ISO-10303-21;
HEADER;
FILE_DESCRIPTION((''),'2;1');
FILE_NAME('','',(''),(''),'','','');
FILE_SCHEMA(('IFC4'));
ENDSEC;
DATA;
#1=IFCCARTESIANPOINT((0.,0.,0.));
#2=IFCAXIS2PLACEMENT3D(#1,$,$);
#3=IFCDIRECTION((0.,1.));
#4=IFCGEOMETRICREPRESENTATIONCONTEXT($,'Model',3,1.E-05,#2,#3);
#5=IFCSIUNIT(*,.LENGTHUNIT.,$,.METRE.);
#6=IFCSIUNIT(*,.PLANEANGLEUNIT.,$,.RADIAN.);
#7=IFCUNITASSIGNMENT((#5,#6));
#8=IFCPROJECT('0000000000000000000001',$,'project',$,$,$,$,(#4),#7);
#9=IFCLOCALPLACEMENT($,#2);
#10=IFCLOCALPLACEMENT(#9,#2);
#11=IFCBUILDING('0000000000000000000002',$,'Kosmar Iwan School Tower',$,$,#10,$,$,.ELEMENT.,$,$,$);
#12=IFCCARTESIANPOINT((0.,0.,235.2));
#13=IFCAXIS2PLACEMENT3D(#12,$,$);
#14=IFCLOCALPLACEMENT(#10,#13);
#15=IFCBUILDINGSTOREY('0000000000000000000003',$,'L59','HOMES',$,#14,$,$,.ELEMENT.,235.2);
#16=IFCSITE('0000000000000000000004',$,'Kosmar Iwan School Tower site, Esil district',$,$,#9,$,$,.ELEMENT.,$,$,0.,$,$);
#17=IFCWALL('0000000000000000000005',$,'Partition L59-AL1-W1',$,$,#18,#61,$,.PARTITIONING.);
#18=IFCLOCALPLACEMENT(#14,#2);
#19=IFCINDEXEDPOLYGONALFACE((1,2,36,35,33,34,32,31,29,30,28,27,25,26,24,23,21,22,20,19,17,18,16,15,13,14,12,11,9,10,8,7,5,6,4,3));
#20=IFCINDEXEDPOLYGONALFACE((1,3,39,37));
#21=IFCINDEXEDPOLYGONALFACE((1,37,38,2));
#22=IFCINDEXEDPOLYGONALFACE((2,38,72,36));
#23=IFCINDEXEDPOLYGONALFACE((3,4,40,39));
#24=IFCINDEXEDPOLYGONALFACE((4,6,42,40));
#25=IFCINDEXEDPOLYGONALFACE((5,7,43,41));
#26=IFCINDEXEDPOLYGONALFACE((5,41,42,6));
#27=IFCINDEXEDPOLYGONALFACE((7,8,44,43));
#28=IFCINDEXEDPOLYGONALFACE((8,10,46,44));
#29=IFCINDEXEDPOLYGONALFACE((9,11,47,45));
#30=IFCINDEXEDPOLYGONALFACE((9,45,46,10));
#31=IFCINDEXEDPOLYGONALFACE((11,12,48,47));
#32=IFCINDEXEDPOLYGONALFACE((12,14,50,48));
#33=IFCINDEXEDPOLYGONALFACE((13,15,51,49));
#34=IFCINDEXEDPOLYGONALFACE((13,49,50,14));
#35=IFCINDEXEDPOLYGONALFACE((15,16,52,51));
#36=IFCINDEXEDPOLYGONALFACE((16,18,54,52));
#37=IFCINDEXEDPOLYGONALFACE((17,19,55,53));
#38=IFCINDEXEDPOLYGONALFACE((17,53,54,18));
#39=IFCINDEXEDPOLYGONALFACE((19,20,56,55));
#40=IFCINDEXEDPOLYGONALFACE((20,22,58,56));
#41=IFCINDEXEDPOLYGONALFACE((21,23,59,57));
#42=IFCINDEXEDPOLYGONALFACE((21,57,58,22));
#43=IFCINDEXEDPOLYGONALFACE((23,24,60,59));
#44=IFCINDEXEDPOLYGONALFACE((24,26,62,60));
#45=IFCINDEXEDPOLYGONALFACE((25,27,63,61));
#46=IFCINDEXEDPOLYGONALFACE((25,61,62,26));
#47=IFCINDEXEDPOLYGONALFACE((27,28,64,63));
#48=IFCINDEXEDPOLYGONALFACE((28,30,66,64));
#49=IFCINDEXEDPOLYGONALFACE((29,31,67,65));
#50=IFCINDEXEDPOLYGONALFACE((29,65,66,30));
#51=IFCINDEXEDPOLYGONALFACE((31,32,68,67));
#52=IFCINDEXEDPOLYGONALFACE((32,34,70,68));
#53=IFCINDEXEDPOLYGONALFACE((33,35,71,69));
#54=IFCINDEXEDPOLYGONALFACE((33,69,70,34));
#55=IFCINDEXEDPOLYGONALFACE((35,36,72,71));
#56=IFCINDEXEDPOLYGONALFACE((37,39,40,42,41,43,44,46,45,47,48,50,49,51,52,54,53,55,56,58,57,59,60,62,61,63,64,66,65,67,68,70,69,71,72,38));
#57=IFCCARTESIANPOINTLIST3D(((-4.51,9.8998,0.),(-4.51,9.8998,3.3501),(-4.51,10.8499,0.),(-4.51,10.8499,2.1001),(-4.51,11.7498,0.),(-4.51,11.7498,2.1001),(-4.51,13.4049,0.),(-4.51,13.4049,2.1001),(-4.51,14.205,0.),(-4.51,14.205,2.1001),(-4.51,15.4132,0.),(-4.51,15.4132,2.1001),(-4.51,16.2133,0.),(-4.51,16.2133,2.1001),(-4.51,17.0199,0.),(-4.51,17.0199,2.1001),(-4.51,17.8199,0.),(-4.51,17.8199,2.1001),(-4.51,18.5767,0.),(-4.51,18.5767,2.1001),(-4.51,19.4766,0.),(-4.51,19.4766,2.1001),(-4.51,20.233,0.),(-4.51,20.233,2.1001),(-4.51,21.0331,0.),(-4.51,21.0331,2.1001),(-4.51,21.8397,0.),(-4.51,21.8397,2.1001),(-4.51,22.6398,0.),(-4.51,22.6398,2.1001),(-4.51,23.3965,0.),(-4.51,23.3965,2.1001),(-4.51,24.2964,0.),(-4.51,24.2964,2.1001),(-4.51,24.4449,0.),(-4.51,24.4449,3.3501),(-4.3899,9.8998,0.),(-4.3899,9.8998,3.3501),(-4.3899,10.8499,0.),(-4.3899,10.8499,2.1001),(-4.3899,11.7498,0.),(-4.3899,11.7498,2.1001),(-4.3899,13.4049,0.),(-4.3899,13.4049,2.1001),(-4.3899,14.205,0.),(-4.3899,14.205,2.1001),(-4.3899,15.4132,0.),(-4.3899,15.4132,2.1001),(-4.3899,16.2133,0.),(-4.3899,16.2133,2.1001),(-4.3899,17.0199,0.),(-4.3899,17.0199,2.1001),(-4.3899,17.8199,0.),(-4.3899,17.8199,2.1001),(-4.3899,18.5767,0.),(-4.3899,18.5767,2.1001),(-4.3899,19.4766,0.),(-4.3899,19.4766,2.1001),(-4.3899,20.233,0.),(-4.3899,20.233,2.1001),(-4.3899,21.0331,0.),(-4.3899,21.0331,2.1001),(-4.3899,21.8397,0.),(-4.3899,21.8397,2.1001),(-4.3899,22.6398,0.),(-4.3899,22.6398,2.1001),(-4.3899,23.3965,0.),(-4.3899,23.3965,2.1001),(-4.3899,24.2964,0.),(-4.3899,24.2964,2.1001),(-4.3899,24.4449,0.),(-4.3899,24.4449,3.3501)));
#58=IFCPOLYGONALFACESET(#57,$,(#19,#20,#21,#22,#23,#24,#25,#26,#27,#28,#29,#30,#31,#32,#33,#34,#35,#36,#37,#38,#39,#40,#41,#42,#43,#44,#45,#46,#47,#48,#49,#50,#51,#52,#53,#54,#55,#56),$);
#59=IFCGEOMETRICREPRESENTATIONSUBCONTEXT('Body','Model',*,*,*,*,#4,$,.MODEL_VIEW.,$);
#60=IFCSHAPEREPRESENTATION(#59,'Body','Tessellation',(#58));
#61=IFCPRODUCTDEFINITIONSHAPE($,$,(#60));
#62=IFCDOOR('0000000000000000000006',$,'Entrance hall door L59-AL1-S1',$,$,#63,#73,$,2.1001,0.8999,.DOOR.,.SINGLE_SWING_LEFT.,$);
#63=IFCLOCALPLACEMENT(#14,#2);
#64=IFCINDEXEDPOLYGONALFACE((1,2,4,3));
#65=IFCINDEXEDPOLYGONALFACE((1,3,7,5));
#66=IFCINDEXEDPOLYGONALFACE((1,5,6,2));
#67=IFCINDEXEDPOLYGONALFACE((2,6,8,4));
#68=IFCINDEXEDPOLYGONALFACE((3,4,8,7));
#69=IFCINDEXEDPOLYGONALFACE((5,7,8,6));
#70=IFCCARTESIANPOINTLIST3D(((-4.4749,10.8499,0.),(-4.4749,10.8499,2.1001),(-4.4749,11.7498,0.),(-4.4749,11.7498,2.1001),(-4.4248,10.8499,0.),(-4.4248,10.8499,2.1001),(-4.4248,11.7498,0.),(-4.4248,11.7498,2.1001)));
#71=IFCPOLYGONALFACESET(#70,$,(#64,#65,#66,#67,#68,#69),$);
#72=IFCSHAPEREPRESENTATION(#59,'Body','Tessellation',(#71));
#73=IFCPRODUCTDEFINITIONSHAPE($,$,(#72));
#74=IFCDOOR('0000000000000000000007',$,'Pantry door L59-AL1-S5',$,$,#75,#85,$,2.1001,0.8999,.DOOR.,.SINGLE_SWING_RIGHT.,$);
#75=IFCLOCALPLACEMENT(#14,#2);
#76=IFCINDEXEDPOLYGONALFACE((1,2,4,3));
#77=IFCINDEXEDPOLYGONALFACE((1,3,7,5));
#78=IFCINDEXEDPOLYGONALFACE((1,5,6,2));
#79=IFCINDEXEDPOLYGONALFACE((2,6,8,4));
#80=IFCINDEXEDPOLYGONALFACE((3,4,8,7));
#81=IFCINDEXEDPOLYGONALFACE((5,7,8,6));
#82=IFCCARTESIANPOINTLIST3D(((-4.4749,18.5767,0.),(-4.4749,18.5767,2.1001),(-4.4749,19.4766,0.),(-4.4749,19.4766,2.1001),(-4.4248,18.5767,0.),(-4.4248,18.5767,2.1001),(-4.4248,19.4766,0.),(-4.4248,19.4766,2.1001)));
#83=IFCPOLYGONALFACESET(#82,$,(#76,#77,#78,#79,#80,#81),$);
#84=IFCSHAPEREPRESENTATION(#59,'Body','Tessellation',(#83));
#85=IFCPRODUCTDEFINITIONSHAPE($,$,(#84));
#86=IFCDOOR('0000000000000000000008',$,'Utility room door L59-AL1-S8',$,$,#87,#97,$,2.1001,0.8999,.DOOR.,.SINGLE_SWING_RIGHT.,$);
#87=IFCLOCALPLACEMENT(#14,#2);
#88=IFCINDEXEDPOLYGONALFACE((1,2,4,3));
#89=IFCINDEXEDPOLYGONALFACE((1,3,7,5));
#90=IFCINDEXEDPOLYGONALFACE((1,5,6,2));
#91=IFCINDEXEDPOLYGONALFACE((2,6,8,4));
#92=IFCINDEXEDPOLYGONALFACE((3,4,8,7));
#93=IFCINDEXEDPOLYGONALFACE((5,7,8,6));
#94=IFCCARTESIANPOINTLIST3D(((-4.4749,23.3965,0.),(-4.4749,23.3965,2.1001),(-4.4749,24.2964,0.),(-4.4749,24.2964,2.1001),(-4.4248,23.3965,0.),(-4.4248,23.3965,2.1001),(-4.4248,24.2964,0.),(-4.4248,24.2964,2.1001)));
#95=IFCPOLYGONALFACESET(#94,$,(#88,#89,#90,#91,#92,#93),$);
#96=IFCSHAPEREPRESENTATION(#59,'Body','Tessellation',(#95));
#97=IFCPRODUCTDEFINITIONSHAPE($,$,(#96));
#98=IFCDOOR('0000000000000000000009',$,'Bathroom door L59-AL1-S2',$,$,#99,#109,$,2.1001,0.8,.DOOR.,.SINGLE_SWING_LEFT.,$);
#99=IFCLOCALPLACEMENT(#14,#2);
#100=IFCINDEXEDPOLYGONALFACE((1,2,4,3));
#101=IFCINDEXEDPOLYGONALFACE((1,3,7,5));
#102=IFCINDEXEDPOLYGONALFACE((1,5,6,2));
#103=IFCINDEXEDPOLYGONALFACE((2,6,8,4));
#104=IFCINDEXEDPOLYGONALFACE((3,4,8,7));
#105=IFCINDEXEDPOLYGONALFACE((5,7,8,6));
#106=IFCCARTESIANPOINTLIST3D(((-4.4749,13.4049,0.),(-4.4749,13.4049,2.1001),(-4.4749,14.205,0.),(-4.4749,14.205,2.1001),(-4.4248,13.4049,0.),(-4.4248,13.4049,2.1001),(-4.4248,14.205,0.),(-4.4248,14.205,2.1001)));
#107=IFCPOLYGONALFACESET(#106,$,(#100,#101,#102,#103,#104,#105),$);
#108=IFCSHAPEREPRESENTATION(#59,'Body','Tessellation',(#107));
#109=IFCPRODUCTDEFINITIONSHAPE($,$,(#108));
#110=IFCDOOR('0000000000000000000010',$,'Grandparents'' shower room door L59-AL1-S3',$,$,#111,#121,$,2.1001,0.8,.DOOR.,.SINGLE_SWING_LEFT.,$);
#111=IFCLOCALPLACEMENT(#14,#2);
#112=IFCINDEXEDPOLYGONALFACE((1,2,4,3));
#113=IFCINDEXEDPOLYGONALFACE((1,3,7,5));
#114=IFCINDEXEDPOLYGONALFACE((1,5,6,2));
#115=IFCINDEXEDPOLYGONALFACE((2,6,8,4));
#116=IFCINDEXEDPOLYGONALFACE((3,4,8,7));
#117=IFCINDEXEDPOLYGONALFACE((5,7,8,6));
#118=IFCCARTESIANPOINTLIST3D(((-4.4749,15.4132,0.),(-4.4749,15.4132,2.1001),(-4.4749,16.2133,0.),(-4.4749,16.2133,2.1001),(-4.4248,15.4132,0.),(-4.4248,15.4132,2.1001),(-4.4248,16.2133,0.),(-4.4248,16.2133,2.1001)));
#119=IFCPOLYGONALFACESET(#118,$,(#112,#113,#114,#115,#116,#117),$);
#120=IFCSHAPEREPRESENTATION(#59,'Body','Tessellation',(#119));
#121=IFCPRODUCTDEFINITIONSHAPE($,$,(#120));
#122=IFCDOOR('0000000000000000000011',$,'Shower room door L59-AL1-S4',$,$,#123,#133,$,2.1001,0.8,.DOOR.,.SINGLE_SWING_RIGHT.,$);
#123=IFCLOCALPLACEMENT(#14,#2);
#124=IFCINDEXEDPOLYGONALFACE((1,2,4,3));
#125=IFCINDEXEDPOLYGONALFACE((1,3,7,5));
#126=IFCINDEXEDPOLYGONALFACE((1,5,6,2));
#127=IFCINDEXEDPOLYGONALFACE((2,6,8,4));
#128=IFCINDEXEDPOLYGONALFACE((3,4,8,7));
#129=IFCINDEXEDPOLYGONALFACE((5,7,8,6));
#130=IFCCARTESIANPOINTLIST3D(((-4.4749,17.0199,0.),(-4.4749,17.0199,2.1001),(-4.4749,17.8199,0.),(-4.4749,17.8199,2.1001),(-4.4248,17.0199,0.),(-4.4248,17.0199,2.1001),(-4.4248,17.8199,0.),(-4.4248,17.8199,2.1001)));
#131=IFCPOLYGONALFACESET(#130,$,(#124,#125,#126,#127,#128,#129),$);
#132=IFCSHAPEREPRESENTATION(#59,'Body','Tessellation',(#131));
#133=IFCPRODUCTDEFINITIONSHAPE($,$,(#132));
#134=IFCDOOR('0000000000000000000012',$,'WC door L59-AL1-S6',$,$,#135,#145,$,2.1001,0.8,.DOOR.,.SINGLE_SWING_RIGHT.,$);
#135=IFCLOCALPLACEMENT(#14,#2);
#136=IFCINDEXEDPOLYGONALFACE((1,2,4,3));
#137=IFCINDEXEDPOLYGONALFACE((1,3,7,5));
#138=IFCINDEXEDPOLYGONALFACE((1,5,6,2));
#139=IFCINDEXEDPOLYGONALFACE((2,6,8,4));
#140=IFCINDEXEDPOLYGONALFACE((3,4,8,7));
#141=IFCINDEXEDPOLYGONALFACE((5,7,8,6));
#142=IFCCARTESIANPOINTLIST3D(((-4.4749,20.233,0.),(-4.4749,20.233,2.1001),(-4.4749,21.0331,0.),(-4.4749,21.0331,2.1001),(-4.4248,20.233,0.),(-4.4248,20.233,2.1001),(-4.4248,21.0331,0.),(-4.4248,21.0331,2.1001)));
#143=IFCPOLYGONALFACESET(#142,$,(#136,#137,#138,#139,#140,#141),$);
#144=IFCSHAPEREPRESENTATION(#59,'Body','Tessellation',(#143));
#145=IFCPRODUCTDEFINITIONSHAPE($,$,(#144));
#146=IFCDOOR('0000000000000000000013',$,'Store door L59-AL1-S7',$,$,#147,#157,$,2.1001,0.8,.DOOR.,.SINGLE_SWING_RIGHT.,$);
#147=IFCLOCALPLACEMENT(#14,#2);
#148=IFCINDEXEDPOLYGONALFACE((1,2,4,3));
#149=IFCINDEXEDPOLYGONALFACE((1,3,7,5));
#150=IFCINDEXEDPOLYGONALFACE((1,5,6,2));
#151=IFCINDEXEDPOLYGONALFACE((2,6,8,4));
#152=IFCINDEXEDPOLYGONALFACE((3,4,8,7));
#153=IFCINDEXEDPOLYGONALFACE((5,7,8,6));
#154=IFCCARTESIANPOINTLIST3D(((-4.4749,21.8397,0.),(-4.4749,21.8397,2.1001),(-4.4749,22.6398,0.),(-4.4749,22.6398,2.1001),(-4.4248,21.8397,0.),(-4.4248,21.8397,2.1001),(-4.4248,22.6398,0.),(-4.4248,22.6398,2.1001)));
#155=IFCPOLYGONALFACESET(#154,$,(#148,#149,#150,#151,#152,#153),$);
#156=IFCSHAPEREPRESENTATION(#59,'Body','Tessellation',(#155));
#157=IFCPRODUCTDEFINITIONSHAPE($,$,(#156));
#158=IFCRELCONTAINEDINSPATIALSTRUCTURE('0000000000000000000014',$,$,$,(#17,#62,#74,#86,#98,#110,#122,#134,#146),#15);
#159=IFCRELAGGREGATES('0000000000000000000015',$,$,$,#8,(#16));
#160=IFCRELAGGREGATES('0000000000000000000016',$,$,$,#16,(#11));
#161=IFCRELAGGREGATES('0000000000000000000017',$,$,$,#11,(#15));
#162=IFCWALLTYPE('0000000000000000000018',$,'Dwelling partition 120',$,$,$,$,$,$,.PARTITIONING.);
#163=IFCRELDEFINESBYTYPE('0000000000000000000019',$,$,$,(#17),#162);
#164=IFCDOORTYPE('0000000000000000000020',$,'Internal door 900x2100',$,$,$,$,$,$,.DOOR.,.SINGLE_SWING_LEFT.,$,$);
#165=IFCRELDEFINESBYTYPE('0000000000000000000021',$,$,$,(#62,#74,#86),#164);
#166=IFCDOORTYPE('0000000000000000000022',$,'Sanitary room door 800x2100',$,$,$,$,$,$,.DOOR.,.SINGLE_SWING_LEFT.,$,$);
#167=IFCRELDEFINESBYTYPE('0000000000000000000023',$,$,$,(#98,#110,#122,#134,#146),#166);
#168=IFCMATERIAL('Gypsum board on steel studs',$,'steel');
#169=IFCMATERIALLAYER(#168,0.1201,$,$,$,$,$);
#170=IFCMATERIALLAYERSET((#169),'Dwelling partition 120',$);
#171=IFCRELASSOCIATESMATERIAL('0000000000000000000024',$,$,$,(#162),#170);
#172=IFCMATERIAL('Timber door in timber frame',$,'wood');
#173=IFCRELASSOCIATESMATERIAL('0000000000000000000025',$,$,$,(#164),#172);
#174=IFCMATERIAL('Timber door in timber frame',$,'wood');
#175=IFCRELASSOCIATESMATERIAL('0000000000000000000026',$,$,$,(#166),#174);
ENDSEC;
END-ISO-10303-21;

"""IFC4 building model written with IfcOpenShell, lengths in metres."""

from ifc_helpers import new_model, si_unit, direction, frame, frame_2d, origin, place, context, subcontext, project, spatial, rectangle, extrude, material, layer, layer_set, type_object, element, fill, save


model = new_model("IFC4")

# Units and contexts
model_context = context("Model", 3, precision=1e-05, world=origin(), true_north=direction((0.0, 1.0)))
body_context = subcontext(model_context, "Body", "Model", "MODEL_VIEW")
ifc_project = project(units=[si_unit("LENGTHUNIT", "METRE"), si_unit("PLANEANGLEUNIT", "RADIAN")], contexts=[model_context])

# Site, building, storey
site_placement = place(None, origin())
site = spatial("IfcSite", under=ifc_project, at=site_placement, Name="Kosmar Iwan School Tower site, Esil district", CompositionType="ELEMENT", RefElevation=0.0)
building_placement = place(site_placement, origin())
building = spatial("IfcBuilding", under=site, at=building_placement, Name="Kosmar Iwan School Tower", CompositionType="ELEMENT")
storey_placement = place(building_placement, frame((0.0, 0.0, 235.2)))
storey = spatial("IfcBuildingStorey", under=building, at=storey_placement, Name="L59", Description="HOMES", CompositionType="ELEMENT", Elevation=235.2)

# Wall, openings, doors
ifc_material_1 = material(Name="Gypsum board on steel studs", Category="steel")
ifc_layer_1 = layer(ifc_material_1, 0.1201)
ifc_layer_set_1 = layer_set([ifc_layer_1], Name="Dwelling partition 120")
wall_type_1 = type_object("IfcWallType", Name="Dwelling partition 120", PredefinedType="PARTITIONING", material=ifc_layer_set_1)
wall_1_placement = place(storey_placement, frame((-4.45, 9.8999, 0.0), z_axis=(0.0, 0.0, 1.0), x_axis=(0.0, 1.0, 0.0)))
wall_1 = element("IfcWall", 1, at=wall_1_placement, inside=storey, type_object=wall_type_1, Name="Partition L59-AL1-W1", PredefinedType="PARTITIONING", context=body_context, shape_type="SweptSolid", body=[
    extrude(rectangle(XDim=14.5452, YDim=0.1201, at=frame_2d((7.2725, 0.0))), origin(), (0.0, 0.0, 1.0), 3.3501),
])
opening_1_placement = place(wall_1_placement, frame((0.95, 0.0, 0.0)))
opening_1 = element("IfcOpeningElement", 2, at=opening_1_placement, cuts=wall_1, PredefinedType="OPENING", context=body_context, shape_type="SweptSolid", body=[
    extrude(rectangle(XDim=0.8999, YDim=2.1001, at=frame_2d((0.45, 1.05))), frame((0.0, 0.072, 0.0), z_axis=(0.0, -1.0, 0.0), x_axis=(1.0, 0.0, 0.0)), (0.0, 0.0, 1.0), 0.144),
])
opening_2_placement = place(wall_1_placement, frame((3.5051, 0.0, 0.0)))
opening_2 = element("IfcOpeningElement", 3, at=opening_2_placement, cuts=wall_1, PredefinedType="OPENING", context=body_context, shape_type="SweptSolid", body=[
    extrude(rectangle(XDim=0.8, YDim=2.1001, at=frame_2d((0.3999, 1.05))), frame((0.0, 0.072, 0.0), z_axis=(0.0, -1.0, 0.0), x_axis=(1.0, 0.0, 0.0)), (0.0, 0.0, 1.0), 0.144),
])
opening_3_placement = place(wall_1_placement, frame((5.5134, 0.0, 0.0)))
opening_3 = element("IfcOpeningElement", 4, at=opening_3_placement, cuts=wall_1, PredefinedType="OPENING", context=body_context, shape_type="SweptSolid", body=[
    extrude(rectangle(XDim=0.8, YDim=2.1001, at=frame_2d((0.3999, 1.05))), frame((0.0, 0.072, 0.0), z_axis=(0.0, -1.0, 0.0), x_axis=(1.0, 0.0, 0.0)), (0.0, 0.0, 1.0), 0.144),
])
opening_4_placement = place(wall_1_placement, frame((7.1201, 0.0, 0.0)))
opening_4 = element("IfcOpeningElement", 5, at=opening_4_placement, cuts=wall_1, PredefinedType="OPENING", context=body_context, shape_type="SweptSolid", body=[
    extrude(rectangle(XDim=0.8, YDim=2.1001, at=frame_2d((0.3999, 1.05))), frame((0.0, 0.072, 0.0), z_axis=(0.0, -1.0, 0.0), x_axis=(1.0, 0.0, 0.0)), (0.0, 0.0, 1.0), 0.144),
])
opening_5_placement = place(wall_1_placement, frame((8.6768, 0.0, 0.0)))
opening_5 = element("IfcOpeningElement", 6, at=opening_5_placement, cuts=wall_1, PredefinedType="OPENING", context=body_context, shape_type="SweptSolid", body=[
    extrude(rectangle(XDim=0.8999, YDim=2.1001, at=frame_2d((0.45, 1.05))), frame((0.0, 0.072, 0.0), z_axis=(0.0, -1.0, 0.0), x_axis=(1.0, 0.0, 0.0)), (0.0, 0.0, 1.0), 0.144),
])
opening_6_placement = place(wall_1_placement, frame((10.3333, 0.0, 0.0)))
opening_6 = element("IfcOpeningElement", 7, at=opening_6_placement, cuts=wall_1, PredefinedType="OPENING", context=body_context, shape_type="SweptSolid", body=[
    extrude(rectangle(XDim=0.8, YDim=2.1001, at=frame_2d((0.3999, 1.05))), frame((0.0, 0.072, 0.0), z_axis=(0.0, -1.0, 0.0), x_axis=(1.0, 0.0, 0.0)), (0.0, 0.0, 1.0), 0.144),
])
opening_7_placement = place(wall_1_placement, frame((11.9399, 0.0, 0.0)))
opening_7 = element("IfcOpeningElement", 8, at=opening_7_placement, cuts=wall_1, PredefinedType="OPENING", context=body_context, shape_type="SweptSolid", body=[
    extrude(rectangle(XDim=0.8, YDim=2.1001, at=frame_2d((0.3999, 1.05))), frame((0.0, 0.072, 0.0), z_axis=(0.0, -1.0, 0.0), x_axis=(1.0, 0.0, 0.0)), (0.0, 0.0, 1.0), 0.144),
])
opening_8_placement = place(wall_1_placement, frame((13.4966, 0.0, 0.0)))
opening_8 = element("IfcOpeningElement", 9, at=opening_8_placement, cuts=wall_1, PredefinedType="OPENING", context=body_context, shape_type="SweptSolid", body=[
    extrude(rectangle(XDim=0.8999, YDim=2.1001, at=frame_2d((0.45, 1.05))), frame((0.0, 0.072, 0.0), z_axis=(0.0, -1.0, 0.0), x_axis=(1.0, 0.0, 0.0)), (0.0, 0.0, 1.0), 0.144),
])
ifc_material_2 = material(Name="Timber door in timber frame", Category="wood")
door_type_1 = type_object("IfcDoorType", Name="Internal door 900x2100", OperationType="SINGLE_SWING_LEFT", PredefinedType="DOOR", material=ifc_material_2)
door_1_placement = place(opening_1_placement, origin())
door_1 = element("IfcDoor", 10, at=door_1_placement, inside=storey, type_object=door_type_1, Name="Entrance hall door L59-AL1-S1", OperationType="SINGLE_SWING_LEFT", OverallHeight=2.1001, OverallWidth=0.8999, PredefinedType="DOOR", context=body_context, shape_type="SweptSolid", body=[
    extrude(rectangle(XDim=0.8999, YDim=2.1001, at=frame_2d((0.45, 1.05))), frame((0.0, 0.0249, 0.0), z_axis=(0.0, -1.0, 0.0), x_axis=(1.0, 0.0, 0.0)), (0.0, 0.0, 1.0), 0.05),
])
fill(opening_1, door_1)
door_2_placement = place(opening_5_placement, origin())
door_2 = element("IfcDoor", 11, at=door_2_placement, inside=storey, type_object=door_type_1, Name="Pantry door L59-AL1-S5", OperationType="SINGLE_SWING_RIGHT", OverallHeight=2.1001, OverallWidth=0.8999, PredefinedType="DOOR", context=body_context, shape_type="SweptSolid", body=[
    extrude(rectangle(XDim=0.8999, YDim=2.1001, at=frame_2d((0.45, 1.05))), frame((0.0, 0.0249, 0.0), z_axis=(0.0, -1.0, 0.0), x_axis=(1.0, 0.0, 0.0)), (0.0, 0.0, 1.0), 0.05),
])
fill(opening_5, door_2)
door_3_placement = place(opening_8_placement, origin())
door_3 = element("IfcDoor", 12, at=door_3_placement, inside=storey, type_object=door_type_1, Name="Utility room door L59-AL1-S8", OperationType="SINGLE_SWING_RIGHT", OverallHeight=2.1001, OverallWidth=0.8999, PredefinedType="DOOR", context=body_context, shape_type="SweptSolid", body=[
    extrude(rectangle(XDim=0.8999, YDim=2.1001, at=frame_2d((0.45, 1.05))), frame((0.0, 0.0249, 0.0), z_axis=(0.0, -1.0, 0.0), x_axis=(1.0, 0.0, 0.0)), (0.0, 0.0, 1.0), 0.05),
])
fill(opening_8, door_3)
ifc_material_3 = material(Name="Timber door in timber frame", Category="wood")
door_type_2 = type_object("IfcDoorType", Name="Sanitary room door 800x2100", OperationType="SINGLE_SWING_LEFT", PredefinedType="DOOR", material=ifc_material_3)
door_4_placement = place(opening_2_placement, origin())
door_4 = element("IfcDoor", 13, at=door_4_placement, inside=storey, type_object=door_type_2, Name="Bathroom door L59-AL1-S2", OperationType="SINGLE_SWING_LEFT", OverallHeight=2.1001, OverallWidth=0.8, PredefinedType="DOOR", context=body_context, shape_type="SweptSolid", body=[
    extrude(rectangle(XDim=0.8, YDim=2.1001, at=frame_2d((0.3999, 1.05))), frame((0.0, 0.0249, 0.0), z_axis=(0.0, -1.0, 0.0), x_axis=(1.0, 0.0, 0.0)), (0.0, 0.0, 1.0), 0.05),
])
fill(opening_2, door_4)
door_5_placement = place(opening_3_placement, origin())
door_5 = element("IfcDoor", 14, at=door_5_placement, inside=storey, type_object=door_type_2, Name="Grandparents' shower room door L59-AL1-S3", OperationType="SINGLE_SWING_LEFT", OverallHeight=2.1001, OverallWidth=0.8, PredefinedType="DOOR", context=body_context, shape_type="SweptSolid", body=[
    extrude(rectangle(XDim=0.8, YDim=2.1001, at=frame_2d((0.3999, 1.05))), frame((0.0, 0.0249, 0.0), z_axis=(0.0, -1.0, 0.0), x_axis=(1.0, 0.0, 0.0)), (0.0, 0.0, 1.0), 0.05),
])
fill(opening_3, door_5)
door_6_placement = place(opening_4_placement, origin())
door_6 = element("IfcDoor", 15, at=door_6_placement, inside=storey, type_object=door_type_2, Name="Shower room door L59-AL1-S4", OperationType="SINGLE_SWING_RIGHT", OverallHeight=2.1001, OverallWidth=0.8, PredefinedType="DOOR", context=body_context, shape_type="SweptSolid", body=[
    extrude(rectangle(XDim=0.8, YDim=2.1001, at=frame_2d((0.3999, 1.05))), frame((0.0, 0.0249, 0.0), z_axis=(0.0, -1.0, 0.0), x_axis=(1.0, 0.0, 0.0)), (0.0, 0.0, 1.0), 0.05),
])
fill(opening_4, door_6)
door_7_placement = place(opening_6_placement, origin())
door_7 = element("IfcDoor", 16, at=door_7_placement, inside=storey, type_object=door_type_2, Name="WC door L59-AL1-S6", OperationType="SINGLE_SWING_RIGHT", OverallHeight=2.1001, OverallWidth=0.8, PredefinedType="DOOR", context=body_context, shape_type="SweptSolid", body=[
    extrude(rectangle(XDim=0.8, YDim=2.1001, at=frame_2d((0.3999, 1.05))), frame((0.0, 0.0249, 0.0), z_axis=(0.0, -1.0, 0.0), x_axis=(1.0, 0.0, 0.0)), (0.0, 0.0, 1.0), 0.05),
])
fill(opening_6, door_7)
door_8_placement = place(opening_7_placement, origin())
door_8 = element("IfcDoor", 17, at=door_8_placement, inside=storey, type_object=door_type_2, Name="Store door L59-AL1-S7", OperationType="SINGLE_SWING_RIGHT", OverallHeight=2.1001, OverallWidth=0.8, PredefinedType="DOOR", context=body_context, shape_type="SweptSolid", body=[
    extrude(rectangle(XDim=0.8, YDim=2.1001, at=frame_2d((0.3999, 1.05))), frame((0.0, 0.0249, 0.0), z_axis=(0.0, -1.0, 0.0), x_axis=(1.0, 0.0, 0.0)), (0.0, 0.0, 1.0), 0.05),
])
fill(opening_7, door_8)

save(model, "model.ifc")
